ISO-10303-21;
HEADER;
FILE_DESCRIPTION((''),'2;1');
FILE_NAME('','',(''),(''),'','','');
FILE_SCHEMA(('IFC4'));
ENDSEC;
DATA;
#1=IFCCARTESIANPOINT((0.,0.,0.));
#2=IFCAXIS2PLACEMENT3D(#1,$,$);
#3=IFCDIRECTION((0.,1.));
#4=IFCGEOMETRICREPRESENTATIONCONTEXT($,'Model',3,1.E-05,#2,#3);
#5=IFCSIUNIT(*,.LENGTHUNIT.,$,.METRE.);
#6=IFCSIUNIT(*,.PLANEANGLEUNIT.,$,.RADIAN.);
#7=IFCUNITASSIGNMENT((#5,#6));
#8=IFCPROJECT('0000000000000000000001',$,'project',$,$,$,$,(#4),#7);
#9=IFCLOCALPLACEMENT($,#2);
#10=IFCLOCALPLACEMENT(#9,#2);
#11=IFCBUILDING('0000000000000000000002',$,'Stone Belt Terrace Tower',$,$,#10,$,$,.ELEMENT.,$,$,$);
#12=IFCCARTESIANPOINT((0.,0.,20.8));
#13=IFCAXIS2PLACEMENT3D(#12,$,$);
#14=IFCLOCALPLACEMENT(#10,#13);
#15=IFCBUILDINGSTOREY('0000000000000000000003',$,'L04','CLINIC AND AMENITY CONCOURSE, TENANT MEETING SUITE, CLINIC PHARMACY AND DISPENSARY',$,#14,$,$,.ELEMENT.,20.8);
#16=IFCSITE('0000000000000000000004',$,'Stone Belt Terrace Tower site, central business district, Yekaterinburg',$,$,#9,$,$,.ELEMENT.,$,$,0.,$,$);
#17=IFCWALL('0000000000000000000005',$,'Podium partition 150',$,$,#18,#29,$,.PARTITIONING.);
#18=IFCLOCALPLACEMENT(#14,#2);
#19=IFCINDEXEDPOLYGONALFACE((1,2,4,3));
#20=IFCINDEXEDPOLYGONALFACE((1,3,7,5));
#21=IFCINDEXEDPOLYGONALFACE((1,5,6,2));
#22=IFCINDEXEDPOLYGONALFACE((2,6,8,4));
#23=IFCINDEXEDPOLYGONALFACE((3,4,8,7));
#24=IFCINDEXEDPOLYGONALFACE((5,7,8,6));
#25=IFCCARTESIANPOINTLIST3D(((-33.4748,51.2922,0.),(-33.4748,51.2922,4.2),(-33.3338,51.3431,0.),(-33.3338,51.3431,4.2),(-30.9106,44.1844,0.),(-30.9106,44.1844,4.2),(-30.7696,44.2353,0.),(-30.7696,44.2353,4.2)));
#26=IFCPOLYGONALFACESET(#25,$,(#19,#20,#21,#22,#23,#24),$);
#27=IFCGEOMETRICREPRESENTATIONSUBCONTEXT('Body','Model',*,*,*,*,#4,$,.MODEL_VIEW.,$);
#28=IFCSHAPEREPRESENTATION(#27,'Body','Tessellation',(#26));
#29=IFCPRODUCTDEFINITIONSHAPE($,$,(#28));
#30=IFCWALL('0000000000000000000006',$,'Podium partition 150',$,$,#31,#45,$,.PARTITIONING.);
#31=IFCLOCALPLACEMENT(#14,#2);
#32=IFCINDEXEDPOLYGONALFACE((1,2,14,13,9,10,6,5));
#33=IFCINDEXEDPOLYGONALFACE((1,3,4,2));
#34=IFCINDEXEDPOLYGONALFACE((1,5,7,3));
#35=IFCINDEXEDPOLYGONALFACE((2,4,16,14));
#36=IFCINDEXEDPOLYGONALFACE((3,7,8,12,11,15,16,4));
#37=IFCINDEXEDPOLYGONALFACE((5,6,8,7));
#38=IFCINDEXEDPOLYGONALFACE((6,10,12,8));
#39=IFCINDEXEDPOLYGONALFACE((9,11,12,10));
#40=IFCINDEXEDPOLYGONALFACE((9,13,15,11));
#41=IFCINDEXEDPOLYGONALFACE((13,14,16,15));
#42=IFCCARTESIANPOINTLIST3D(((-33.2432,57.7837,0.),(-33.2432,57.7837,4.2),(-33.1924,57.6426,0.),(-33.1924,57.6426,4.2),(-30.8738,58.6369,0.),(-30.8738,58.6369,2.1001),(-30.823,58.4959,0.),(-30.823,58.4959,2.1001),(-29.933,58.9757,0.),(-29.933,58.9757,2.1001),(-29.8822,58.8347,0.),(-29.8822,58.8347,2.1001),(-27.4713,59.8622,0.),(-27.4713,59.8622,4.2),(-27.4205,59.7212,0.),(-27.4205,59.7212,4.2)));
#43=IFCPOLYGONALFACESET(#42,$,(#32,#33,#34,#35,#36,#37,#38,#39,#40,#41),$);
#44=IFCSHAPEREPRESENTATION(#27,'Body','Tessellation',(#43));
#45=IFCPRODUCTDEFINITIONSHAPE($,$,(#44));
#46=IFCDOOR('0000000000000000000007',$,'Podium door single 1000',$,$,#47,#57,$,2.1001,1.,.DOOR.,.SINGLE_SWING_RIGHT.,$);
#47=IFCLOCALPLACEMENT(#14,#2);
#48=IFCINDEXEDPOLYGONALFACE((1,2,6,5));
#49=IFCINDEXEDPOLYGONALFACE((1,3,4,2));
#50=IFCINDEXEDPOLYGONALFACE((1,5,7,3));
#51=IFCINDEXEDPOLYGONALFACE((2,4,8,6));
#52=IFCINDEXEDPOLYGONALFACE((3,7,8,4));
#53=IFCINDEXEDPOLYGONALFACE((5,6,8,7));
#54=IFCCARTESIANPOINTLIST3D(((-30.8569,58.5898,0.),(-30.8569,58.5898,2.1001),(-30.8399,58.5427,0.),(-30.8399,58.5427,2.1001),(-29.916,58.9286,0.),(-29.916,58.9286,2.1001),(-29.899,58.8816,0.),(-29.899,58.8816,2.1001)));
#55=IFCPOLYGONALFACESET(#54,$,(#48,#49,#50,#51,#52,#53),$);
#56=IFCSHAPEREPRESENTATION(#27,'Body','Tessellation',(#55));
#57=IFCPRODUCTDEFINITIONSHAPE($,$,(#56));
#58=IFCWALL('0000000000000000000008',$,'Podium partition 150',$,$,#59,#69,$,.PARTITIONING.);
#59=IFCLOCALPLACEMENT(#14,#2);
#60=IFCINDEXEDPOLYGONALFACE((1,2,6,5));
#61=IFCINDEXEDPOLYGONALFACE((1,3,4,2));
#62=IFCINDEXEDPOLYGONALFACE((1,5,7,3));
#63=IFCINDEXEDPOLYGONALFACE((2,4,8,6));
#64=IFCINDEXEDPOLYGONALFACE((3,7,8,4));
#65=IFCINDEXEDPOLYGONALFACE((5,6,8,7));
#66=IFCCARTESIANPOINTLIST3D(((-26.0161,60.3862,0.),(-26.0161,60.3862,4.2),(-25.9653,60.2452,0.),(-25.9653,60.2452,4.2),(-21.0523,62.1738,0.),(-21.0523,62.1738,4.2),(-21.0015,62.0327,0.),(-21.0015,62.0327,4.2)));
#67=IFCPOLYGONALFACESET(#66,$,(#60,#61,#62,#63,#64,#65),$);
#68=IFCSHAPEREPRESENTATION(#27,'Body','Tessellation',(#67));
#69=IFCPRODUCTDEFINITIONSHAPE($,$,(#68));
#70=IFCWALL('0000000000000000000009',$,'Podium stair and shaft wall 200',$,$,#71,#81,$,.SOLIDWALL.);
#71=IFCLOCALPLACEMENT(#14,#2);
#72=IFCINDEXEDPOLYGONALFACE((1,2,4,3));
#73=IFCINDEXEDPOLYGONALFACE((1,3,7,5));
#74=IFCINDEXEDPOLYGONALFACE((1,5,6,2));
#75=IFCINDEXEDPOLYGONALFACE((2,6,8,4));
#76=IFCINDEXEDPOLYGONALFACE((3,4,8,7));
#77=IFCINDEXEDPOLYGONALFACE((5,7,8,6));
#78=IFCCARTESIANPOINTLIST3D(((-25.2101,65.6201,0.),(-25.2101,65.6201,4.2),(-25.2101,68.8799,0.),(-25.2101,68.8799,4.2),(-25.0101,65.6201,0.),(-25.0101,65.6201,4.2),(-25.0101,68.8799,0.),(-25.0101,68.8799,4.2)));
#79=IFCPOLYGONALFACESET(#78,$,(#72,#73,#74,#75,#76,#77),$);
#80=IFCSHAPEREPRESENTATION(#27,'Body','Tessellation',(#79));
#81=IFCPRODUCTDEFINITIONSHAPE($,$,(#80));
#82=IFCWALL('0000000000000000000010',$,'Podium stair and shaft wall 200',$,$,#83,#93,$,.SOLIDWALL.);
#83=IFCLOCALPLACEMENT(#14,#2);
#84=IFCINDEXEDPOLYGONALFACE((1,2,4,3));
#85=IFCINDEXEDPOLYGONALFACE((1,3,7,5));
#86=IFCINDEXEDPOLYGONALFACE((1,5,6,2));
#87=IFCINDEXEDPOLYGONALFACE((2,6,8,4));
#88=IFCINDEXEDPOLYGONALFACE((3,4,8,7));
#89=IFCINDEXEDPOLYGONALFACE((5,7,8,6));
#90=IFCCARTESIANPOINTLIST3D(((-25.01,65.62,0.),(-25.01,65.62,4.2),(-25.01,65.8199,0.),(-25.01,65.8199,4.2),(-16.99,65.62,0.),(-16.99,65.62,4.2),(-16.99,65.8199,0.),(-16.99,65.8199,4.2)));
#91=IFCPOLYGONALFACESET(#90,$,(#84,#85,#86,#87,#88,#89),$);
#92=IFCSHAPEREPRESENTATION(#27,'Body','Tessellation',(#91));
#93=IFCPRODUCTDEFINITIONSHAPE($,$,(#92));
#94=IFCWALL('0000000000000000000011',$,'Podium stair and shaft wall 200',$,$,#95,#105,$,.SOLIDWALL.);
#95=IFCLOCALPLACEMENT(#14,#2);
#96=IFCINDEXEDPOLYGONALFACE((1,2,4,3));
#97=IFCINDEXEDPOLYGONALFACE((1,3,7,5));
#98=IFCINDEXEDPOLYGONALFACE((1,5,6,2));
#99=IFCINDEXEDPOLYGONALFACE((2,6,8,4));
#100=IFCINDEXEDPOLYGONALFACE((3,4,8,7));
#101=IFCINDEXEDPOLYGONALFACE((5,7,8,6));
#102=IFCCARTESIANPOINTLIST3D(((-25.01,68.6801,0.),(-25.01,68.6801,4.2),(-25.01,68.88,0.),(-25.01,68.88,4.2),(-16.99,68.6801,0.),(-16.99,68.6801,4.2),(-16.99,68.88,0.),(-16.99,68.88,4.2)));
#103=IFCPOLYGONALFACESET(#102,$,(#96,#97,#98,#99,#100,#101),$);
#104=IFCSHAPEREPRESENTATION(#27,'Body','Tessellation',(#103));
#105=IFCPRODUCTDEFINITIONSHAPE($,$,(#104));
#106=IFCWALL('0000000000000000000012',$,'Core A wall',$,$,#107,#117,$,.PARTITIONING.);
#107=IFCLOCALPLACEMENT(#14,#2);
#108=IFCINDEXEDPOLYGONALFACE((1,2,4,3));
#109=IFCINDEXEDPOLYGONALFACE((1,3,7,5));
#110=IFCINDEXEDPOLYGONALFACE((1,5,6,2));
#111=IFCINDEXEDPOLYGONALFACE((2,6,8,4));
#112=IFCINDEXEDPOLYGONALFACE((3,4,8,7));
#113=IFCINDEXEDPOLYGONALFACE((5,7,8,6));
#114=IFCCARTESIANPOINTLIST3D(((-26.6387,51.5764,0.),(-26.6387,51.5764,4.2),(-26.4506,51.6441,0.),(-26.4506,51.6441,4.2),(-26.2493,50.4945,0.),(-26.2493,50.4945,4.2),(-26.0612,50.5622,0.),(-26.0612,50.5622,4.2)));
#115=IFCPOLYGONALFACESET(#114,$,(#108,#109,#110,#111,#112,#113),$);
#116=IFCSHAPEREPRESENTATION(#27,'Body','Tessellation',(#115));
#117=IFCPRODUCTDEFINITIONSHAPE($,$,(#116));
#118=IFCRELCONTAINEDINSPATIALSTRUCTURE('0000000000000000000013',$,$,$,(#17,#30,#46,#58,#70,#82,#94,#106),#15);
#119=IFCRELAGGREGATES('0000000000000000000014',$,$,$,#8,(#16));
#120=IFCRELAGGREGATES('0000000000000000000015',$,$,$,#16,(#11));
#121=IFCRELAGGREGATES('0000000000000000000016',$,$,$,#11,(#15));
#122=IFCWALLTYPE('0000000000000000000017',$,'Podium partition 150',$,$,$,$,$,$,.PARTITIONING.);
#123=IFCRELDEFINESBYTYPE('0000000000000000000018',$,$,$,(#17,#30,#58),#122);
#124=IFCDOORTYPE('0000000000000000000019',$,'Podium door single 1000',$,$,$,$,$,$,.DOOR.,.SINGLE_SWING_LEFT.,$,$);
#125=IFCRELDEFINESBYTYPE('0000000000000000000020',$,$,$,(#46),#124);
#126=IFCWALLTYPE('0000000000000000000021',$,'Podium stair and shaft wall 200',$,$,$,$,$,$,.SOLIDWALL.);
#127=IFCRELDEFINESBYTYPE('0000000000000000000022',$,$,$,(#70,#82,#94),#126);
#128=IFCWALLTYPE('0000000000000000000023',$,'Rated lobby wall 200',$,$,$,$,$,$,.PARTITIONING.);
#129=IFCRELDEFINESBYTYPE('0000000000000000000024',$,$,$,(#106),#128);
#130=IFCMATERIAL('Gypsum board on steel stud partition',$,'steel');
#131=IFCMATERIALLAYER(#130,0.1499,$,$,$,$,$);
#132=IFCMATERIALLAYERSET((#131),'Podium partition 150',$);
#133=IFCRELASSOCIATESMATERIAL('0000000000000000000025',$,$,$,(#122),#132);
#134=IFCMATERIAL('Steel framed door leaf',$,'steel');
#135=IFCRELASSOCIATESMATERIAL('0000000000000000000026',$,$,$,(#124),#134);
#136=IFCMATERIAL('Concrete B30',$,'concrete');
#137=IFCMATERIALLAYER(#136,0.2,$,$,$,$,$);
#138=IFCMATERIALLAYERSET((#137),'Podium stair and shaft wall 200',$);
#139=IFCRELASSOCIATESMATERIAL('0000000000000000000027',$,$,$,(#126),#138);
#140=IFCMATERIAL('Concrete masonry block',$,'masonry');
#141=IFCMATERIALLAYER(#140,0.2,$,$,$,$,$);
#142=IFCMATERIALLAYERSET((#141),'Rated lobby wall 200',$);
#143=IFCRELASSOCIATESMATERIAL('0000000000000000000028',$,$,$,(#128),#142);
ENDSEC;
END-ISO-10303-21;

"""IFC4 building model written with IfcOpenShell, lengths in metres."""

from ifc_helpers import new_model, si_unit, direction, frame, frame_2d, origin, place, context, subcontext, project, spatial, rectangle, extrude, material, layer, layer_set, type_object, element, fill, save


model = new_model("IFC4")

# Units and contexts
model_context = context("Model", 3, precision=1e-05, world=origin(), true_north=direction((0.0, 1.0)))
body_context = subcontext(model_context, "Body", "Model", "MODEL_VIEW")
ifc_project = project(units=[si_unit("LENGTHUNIT", "METRE"), si_unit("PLANEANGLEUNIT", "RADIAN")], contexts=[model_context])

# Site, building, storey
site_placement = place(None, origin())
site = spatial("IfcSite", under=ifc_project, at=site_placement, Name="Stone Belt Terrace Tower site, central business district, Yekaterinburg", CompositionType="ELEMENT", RefElevation=0.0)
building_placement = place(site_placement, origin())
building = spatial("IfcBuilding", under=site, at=building_placement, Name="Stone Belt Terrace Tower", CompositionType="ELEMENT")
storey_placement = place(building_placement, frame((0.0, 0.0, 20.8)))
storey = spatial("IfcBuildingStorey", under=building, at=storey_placement, Name="L04", Description="CLINIC AND AMENITY CONCOURSE, TENANT MEETING SUITE, CLINIC PHARMACY AND DISPENSARY", CompositionType="ELEMENT", Elevation=20.8)

# Wall
ifc_material_1 = material(Name="Gypsum board on steel stud partition", Category="steel")
ifc_layer_1 = layer(ifc_material_1, 0.1499)
ifc_layer_set_1 = layer_set([ifc_layer_1], Name="Podium partition 150")
wall_type_1 = type_object("IfcWallType", Name="Podium partition 150", PredefinedType="PARTITIONING", material=ifc_layer_set_1)
wall_1_placement = place(storey_placement, frame((-33.4043, 51.3176, 0.0), z_axis=(0.0, 0.0, 1.0), x_axis=(0.339358, -0.940657, 0.0)))
element("IfcWall", 1, at=wall_1_placement, inside=storey, type_object=wall_type_1, Name="Podium partition 150", PredefinedType="PARTITIONING", context=body_context, shape_type="SweptSolid", body=[
    extrude(rectangle(XDim=7.5562, YDim=0.1499, at=frame_2d((3.7781, 0.0))), origin(), (0.0, 0.0, 1.0), 4.2),
])

# Wall, opening, door
wall_2_placement = place(storey_placement, frame((-33.2178, 57.7131, 0.0), z_axis=(0.0, 0.0, 1.0), x_axis=(0.940851, 0.338821, 0.0)))
wall_2 = element("IfcWall", 2, at=wall_2_placement, inside=storey, type_object=wall_type_1, Name="Podium partition 150", PredefinedType="PARTITIONING", context=body_context, shape_type="SweptSolid", body=[
    extrude(rectangle(XDim=6.1348, YDim=0.1499, at=frame_2d((3.0674, 0.0))), origin(), (0.0, 0.0, 1.0), 4.2),
])
opening_1_placement = place(wall_2_placement, frame((2.5183, 0.0, 0.0)))
opening_1 = element("IfcOpeningElement", 3, at=opening_1_placement, cuts=wall_2, PredefinedType="OPENING", context=body_context, shape_type="SweptSolid", body=[
    extrude(rectangle(XDim=1.0, YDim=2.1001, at=frame_2d((0.5, 1.05))), frame((0.0, 0.085, 0.0), z_axis=(0.0, -1.0, 0.0), x_axis=(1.0, 0.0, 0.0)), (0.0, 0.0, 1.0), 0.1699),
])
ifc_material_2 = material(Name="Steel framed door leaf", Category="steel")
door_type_1 = type_object("IfcDoorType", Name="Podium door single 1000", OperationType="SINGLE_SWING_LEFT", PredefinedType="DOOR", material=ifc_material_2)
door_1_placement = place(opening_1_placement, origin())
door_1 = element("IfcDoor", 4, at=door_1_placement, inside=storey, type_object=door_type_1, Name="Podium door single 1000", OperationType="SINGLE_SWING_RIGHT", OverallHeight=2.1001, OverallWidth=1.0, PredefinedType="DOOR", context=body_context, shape_type="SweptSolid", body=[
    extrude(rectangle(XDim=1.0, YDim=2.1001, at=frame_2d((0.5, 1.05))), frame((0.0, 0.0249, 0.0), z_axis=(0.0, -1.0, 0.0), x_axis=(1.0, 0.0, 0.0)), (0.0, 0.0, 1.0), 0.05),
])
fill(opening_1, door_1)

# Walls
wall_3_placement = place(storey_placement, frame((-25.9907, 60.3157, 0.0), z_axis=(0.0, 0.0, 1.0), x_axis=(0.940851, 0.338821, 0.0)))
element("IfcWall", 5, at=wall_3_placement, inside=storey, type_object=wall_type_1, Name="Podium partition 150", PredefinedType="PARTITIONING", context=body_context, shape_type="SweptSolid", body=[
    extrude(rectangle(XDim=5.2759, YDim=0.1499, at=frame_2d((2.6379, 0.0))), origin(), (0.0, 0.0, 1.0), 4.2),
])
ifc_material_3 = material(Name="Concrete B30", Category="concrete")
ifc_layer_2 = layer(ifc_material_3, 0.2)
ifc_layer_set_2 = layer_set([ifc_layer_2], Name="Podium stair and shaft wall 200")
wall_type_2 = type_object("IfcWallType", Name="Podium stair and shaft wall 200", PredefinedType="SOLIDWALL", material=ifc_layer_set_2)
wall_4_placement = place(storey_placement, frame((-25.1101, 65.6201, 0.0), z_axis=(0.0, 0.0, 1.0), x_axis=(0.0, 1.0, 0.0)))
element("IfcWall", 6, at=wall_4_placement, inside=storey, type_object=wall_type_2, Name="Podium stair and shaft wall 200", PredefinedType="SOLIDWALL", context=body_context, shape_type="SweptSolid", body=[
    extrude(rectangle(XDim=3.2598, YDim=0.2, at=frame_2d((1.6299, 0.0))), origin(), (0.0, 0.0, 1.0), 4.2),
])
for number, where, z_axis, x_axis, name in (
    (7, (-25.01, 65.72, 0.0), (0.0, 0.0, 1.0), (1.0, 0.0, 0.0), "Podium stair and shaft wall 200"),
    (8, (-25.01, 68.78, 0.0), (0.0, 0.0, 1.0), (1.0, 0.0, 0.0), "Podium stair and shaft wall 200"),
):
    element("IfcWall", number, at=place(storey_placement, frame(where, z_axis=z_axis, x_axis=x_axis)), inside=storey, type_object=wall_type_2, Name=name, PredefinedType="SOLIDWALL", context=body_context, shape_type="SweptSolid", body=[
        extrude(rectangle(XDim=8.02, YDim=0.2, at=frame_2d((4.01, 0.0))), origin(), (0.0, 0.0, 1.0), 4.2),
    ])
ifc_material_4 = material(Name="Concrete masonry block", Category="masonry")
ifc_layer_3 = layer(ifc_material_4, 0.2)
ifc_layer_set_3 = layer_set([ifc_layer_3], Name="Rated lobby wall 200")
wall_type_3 = type_object("IfcWallType", Name="Rated lobby wall 200", PredefinedType="PARTITIONING", material=ifc_layer_set_3)
wall_5_placement = place(storey_placement, frame((-26.1553, 50.5283, 0.0), z_axis=(0.0, 0.0, 1.0), x_axis=(-0.338622, 0.940923, 0.0)))
element("IfcWall", 9, at=wall_5_placement, inside=storey, type_object=wall_type_3, Name="Core A wall", PredefinedType="PARTITIONING", context=body_context, shape_type="SweptSolid", body=[
    extrude(rectangle(XDim=1.1499, YDim=0.2, at=frame_2d((0.575, 0.0))), origin(), (0.0, 0.0, 1.0), 4.2),
])

save(model, "model.ifc")
